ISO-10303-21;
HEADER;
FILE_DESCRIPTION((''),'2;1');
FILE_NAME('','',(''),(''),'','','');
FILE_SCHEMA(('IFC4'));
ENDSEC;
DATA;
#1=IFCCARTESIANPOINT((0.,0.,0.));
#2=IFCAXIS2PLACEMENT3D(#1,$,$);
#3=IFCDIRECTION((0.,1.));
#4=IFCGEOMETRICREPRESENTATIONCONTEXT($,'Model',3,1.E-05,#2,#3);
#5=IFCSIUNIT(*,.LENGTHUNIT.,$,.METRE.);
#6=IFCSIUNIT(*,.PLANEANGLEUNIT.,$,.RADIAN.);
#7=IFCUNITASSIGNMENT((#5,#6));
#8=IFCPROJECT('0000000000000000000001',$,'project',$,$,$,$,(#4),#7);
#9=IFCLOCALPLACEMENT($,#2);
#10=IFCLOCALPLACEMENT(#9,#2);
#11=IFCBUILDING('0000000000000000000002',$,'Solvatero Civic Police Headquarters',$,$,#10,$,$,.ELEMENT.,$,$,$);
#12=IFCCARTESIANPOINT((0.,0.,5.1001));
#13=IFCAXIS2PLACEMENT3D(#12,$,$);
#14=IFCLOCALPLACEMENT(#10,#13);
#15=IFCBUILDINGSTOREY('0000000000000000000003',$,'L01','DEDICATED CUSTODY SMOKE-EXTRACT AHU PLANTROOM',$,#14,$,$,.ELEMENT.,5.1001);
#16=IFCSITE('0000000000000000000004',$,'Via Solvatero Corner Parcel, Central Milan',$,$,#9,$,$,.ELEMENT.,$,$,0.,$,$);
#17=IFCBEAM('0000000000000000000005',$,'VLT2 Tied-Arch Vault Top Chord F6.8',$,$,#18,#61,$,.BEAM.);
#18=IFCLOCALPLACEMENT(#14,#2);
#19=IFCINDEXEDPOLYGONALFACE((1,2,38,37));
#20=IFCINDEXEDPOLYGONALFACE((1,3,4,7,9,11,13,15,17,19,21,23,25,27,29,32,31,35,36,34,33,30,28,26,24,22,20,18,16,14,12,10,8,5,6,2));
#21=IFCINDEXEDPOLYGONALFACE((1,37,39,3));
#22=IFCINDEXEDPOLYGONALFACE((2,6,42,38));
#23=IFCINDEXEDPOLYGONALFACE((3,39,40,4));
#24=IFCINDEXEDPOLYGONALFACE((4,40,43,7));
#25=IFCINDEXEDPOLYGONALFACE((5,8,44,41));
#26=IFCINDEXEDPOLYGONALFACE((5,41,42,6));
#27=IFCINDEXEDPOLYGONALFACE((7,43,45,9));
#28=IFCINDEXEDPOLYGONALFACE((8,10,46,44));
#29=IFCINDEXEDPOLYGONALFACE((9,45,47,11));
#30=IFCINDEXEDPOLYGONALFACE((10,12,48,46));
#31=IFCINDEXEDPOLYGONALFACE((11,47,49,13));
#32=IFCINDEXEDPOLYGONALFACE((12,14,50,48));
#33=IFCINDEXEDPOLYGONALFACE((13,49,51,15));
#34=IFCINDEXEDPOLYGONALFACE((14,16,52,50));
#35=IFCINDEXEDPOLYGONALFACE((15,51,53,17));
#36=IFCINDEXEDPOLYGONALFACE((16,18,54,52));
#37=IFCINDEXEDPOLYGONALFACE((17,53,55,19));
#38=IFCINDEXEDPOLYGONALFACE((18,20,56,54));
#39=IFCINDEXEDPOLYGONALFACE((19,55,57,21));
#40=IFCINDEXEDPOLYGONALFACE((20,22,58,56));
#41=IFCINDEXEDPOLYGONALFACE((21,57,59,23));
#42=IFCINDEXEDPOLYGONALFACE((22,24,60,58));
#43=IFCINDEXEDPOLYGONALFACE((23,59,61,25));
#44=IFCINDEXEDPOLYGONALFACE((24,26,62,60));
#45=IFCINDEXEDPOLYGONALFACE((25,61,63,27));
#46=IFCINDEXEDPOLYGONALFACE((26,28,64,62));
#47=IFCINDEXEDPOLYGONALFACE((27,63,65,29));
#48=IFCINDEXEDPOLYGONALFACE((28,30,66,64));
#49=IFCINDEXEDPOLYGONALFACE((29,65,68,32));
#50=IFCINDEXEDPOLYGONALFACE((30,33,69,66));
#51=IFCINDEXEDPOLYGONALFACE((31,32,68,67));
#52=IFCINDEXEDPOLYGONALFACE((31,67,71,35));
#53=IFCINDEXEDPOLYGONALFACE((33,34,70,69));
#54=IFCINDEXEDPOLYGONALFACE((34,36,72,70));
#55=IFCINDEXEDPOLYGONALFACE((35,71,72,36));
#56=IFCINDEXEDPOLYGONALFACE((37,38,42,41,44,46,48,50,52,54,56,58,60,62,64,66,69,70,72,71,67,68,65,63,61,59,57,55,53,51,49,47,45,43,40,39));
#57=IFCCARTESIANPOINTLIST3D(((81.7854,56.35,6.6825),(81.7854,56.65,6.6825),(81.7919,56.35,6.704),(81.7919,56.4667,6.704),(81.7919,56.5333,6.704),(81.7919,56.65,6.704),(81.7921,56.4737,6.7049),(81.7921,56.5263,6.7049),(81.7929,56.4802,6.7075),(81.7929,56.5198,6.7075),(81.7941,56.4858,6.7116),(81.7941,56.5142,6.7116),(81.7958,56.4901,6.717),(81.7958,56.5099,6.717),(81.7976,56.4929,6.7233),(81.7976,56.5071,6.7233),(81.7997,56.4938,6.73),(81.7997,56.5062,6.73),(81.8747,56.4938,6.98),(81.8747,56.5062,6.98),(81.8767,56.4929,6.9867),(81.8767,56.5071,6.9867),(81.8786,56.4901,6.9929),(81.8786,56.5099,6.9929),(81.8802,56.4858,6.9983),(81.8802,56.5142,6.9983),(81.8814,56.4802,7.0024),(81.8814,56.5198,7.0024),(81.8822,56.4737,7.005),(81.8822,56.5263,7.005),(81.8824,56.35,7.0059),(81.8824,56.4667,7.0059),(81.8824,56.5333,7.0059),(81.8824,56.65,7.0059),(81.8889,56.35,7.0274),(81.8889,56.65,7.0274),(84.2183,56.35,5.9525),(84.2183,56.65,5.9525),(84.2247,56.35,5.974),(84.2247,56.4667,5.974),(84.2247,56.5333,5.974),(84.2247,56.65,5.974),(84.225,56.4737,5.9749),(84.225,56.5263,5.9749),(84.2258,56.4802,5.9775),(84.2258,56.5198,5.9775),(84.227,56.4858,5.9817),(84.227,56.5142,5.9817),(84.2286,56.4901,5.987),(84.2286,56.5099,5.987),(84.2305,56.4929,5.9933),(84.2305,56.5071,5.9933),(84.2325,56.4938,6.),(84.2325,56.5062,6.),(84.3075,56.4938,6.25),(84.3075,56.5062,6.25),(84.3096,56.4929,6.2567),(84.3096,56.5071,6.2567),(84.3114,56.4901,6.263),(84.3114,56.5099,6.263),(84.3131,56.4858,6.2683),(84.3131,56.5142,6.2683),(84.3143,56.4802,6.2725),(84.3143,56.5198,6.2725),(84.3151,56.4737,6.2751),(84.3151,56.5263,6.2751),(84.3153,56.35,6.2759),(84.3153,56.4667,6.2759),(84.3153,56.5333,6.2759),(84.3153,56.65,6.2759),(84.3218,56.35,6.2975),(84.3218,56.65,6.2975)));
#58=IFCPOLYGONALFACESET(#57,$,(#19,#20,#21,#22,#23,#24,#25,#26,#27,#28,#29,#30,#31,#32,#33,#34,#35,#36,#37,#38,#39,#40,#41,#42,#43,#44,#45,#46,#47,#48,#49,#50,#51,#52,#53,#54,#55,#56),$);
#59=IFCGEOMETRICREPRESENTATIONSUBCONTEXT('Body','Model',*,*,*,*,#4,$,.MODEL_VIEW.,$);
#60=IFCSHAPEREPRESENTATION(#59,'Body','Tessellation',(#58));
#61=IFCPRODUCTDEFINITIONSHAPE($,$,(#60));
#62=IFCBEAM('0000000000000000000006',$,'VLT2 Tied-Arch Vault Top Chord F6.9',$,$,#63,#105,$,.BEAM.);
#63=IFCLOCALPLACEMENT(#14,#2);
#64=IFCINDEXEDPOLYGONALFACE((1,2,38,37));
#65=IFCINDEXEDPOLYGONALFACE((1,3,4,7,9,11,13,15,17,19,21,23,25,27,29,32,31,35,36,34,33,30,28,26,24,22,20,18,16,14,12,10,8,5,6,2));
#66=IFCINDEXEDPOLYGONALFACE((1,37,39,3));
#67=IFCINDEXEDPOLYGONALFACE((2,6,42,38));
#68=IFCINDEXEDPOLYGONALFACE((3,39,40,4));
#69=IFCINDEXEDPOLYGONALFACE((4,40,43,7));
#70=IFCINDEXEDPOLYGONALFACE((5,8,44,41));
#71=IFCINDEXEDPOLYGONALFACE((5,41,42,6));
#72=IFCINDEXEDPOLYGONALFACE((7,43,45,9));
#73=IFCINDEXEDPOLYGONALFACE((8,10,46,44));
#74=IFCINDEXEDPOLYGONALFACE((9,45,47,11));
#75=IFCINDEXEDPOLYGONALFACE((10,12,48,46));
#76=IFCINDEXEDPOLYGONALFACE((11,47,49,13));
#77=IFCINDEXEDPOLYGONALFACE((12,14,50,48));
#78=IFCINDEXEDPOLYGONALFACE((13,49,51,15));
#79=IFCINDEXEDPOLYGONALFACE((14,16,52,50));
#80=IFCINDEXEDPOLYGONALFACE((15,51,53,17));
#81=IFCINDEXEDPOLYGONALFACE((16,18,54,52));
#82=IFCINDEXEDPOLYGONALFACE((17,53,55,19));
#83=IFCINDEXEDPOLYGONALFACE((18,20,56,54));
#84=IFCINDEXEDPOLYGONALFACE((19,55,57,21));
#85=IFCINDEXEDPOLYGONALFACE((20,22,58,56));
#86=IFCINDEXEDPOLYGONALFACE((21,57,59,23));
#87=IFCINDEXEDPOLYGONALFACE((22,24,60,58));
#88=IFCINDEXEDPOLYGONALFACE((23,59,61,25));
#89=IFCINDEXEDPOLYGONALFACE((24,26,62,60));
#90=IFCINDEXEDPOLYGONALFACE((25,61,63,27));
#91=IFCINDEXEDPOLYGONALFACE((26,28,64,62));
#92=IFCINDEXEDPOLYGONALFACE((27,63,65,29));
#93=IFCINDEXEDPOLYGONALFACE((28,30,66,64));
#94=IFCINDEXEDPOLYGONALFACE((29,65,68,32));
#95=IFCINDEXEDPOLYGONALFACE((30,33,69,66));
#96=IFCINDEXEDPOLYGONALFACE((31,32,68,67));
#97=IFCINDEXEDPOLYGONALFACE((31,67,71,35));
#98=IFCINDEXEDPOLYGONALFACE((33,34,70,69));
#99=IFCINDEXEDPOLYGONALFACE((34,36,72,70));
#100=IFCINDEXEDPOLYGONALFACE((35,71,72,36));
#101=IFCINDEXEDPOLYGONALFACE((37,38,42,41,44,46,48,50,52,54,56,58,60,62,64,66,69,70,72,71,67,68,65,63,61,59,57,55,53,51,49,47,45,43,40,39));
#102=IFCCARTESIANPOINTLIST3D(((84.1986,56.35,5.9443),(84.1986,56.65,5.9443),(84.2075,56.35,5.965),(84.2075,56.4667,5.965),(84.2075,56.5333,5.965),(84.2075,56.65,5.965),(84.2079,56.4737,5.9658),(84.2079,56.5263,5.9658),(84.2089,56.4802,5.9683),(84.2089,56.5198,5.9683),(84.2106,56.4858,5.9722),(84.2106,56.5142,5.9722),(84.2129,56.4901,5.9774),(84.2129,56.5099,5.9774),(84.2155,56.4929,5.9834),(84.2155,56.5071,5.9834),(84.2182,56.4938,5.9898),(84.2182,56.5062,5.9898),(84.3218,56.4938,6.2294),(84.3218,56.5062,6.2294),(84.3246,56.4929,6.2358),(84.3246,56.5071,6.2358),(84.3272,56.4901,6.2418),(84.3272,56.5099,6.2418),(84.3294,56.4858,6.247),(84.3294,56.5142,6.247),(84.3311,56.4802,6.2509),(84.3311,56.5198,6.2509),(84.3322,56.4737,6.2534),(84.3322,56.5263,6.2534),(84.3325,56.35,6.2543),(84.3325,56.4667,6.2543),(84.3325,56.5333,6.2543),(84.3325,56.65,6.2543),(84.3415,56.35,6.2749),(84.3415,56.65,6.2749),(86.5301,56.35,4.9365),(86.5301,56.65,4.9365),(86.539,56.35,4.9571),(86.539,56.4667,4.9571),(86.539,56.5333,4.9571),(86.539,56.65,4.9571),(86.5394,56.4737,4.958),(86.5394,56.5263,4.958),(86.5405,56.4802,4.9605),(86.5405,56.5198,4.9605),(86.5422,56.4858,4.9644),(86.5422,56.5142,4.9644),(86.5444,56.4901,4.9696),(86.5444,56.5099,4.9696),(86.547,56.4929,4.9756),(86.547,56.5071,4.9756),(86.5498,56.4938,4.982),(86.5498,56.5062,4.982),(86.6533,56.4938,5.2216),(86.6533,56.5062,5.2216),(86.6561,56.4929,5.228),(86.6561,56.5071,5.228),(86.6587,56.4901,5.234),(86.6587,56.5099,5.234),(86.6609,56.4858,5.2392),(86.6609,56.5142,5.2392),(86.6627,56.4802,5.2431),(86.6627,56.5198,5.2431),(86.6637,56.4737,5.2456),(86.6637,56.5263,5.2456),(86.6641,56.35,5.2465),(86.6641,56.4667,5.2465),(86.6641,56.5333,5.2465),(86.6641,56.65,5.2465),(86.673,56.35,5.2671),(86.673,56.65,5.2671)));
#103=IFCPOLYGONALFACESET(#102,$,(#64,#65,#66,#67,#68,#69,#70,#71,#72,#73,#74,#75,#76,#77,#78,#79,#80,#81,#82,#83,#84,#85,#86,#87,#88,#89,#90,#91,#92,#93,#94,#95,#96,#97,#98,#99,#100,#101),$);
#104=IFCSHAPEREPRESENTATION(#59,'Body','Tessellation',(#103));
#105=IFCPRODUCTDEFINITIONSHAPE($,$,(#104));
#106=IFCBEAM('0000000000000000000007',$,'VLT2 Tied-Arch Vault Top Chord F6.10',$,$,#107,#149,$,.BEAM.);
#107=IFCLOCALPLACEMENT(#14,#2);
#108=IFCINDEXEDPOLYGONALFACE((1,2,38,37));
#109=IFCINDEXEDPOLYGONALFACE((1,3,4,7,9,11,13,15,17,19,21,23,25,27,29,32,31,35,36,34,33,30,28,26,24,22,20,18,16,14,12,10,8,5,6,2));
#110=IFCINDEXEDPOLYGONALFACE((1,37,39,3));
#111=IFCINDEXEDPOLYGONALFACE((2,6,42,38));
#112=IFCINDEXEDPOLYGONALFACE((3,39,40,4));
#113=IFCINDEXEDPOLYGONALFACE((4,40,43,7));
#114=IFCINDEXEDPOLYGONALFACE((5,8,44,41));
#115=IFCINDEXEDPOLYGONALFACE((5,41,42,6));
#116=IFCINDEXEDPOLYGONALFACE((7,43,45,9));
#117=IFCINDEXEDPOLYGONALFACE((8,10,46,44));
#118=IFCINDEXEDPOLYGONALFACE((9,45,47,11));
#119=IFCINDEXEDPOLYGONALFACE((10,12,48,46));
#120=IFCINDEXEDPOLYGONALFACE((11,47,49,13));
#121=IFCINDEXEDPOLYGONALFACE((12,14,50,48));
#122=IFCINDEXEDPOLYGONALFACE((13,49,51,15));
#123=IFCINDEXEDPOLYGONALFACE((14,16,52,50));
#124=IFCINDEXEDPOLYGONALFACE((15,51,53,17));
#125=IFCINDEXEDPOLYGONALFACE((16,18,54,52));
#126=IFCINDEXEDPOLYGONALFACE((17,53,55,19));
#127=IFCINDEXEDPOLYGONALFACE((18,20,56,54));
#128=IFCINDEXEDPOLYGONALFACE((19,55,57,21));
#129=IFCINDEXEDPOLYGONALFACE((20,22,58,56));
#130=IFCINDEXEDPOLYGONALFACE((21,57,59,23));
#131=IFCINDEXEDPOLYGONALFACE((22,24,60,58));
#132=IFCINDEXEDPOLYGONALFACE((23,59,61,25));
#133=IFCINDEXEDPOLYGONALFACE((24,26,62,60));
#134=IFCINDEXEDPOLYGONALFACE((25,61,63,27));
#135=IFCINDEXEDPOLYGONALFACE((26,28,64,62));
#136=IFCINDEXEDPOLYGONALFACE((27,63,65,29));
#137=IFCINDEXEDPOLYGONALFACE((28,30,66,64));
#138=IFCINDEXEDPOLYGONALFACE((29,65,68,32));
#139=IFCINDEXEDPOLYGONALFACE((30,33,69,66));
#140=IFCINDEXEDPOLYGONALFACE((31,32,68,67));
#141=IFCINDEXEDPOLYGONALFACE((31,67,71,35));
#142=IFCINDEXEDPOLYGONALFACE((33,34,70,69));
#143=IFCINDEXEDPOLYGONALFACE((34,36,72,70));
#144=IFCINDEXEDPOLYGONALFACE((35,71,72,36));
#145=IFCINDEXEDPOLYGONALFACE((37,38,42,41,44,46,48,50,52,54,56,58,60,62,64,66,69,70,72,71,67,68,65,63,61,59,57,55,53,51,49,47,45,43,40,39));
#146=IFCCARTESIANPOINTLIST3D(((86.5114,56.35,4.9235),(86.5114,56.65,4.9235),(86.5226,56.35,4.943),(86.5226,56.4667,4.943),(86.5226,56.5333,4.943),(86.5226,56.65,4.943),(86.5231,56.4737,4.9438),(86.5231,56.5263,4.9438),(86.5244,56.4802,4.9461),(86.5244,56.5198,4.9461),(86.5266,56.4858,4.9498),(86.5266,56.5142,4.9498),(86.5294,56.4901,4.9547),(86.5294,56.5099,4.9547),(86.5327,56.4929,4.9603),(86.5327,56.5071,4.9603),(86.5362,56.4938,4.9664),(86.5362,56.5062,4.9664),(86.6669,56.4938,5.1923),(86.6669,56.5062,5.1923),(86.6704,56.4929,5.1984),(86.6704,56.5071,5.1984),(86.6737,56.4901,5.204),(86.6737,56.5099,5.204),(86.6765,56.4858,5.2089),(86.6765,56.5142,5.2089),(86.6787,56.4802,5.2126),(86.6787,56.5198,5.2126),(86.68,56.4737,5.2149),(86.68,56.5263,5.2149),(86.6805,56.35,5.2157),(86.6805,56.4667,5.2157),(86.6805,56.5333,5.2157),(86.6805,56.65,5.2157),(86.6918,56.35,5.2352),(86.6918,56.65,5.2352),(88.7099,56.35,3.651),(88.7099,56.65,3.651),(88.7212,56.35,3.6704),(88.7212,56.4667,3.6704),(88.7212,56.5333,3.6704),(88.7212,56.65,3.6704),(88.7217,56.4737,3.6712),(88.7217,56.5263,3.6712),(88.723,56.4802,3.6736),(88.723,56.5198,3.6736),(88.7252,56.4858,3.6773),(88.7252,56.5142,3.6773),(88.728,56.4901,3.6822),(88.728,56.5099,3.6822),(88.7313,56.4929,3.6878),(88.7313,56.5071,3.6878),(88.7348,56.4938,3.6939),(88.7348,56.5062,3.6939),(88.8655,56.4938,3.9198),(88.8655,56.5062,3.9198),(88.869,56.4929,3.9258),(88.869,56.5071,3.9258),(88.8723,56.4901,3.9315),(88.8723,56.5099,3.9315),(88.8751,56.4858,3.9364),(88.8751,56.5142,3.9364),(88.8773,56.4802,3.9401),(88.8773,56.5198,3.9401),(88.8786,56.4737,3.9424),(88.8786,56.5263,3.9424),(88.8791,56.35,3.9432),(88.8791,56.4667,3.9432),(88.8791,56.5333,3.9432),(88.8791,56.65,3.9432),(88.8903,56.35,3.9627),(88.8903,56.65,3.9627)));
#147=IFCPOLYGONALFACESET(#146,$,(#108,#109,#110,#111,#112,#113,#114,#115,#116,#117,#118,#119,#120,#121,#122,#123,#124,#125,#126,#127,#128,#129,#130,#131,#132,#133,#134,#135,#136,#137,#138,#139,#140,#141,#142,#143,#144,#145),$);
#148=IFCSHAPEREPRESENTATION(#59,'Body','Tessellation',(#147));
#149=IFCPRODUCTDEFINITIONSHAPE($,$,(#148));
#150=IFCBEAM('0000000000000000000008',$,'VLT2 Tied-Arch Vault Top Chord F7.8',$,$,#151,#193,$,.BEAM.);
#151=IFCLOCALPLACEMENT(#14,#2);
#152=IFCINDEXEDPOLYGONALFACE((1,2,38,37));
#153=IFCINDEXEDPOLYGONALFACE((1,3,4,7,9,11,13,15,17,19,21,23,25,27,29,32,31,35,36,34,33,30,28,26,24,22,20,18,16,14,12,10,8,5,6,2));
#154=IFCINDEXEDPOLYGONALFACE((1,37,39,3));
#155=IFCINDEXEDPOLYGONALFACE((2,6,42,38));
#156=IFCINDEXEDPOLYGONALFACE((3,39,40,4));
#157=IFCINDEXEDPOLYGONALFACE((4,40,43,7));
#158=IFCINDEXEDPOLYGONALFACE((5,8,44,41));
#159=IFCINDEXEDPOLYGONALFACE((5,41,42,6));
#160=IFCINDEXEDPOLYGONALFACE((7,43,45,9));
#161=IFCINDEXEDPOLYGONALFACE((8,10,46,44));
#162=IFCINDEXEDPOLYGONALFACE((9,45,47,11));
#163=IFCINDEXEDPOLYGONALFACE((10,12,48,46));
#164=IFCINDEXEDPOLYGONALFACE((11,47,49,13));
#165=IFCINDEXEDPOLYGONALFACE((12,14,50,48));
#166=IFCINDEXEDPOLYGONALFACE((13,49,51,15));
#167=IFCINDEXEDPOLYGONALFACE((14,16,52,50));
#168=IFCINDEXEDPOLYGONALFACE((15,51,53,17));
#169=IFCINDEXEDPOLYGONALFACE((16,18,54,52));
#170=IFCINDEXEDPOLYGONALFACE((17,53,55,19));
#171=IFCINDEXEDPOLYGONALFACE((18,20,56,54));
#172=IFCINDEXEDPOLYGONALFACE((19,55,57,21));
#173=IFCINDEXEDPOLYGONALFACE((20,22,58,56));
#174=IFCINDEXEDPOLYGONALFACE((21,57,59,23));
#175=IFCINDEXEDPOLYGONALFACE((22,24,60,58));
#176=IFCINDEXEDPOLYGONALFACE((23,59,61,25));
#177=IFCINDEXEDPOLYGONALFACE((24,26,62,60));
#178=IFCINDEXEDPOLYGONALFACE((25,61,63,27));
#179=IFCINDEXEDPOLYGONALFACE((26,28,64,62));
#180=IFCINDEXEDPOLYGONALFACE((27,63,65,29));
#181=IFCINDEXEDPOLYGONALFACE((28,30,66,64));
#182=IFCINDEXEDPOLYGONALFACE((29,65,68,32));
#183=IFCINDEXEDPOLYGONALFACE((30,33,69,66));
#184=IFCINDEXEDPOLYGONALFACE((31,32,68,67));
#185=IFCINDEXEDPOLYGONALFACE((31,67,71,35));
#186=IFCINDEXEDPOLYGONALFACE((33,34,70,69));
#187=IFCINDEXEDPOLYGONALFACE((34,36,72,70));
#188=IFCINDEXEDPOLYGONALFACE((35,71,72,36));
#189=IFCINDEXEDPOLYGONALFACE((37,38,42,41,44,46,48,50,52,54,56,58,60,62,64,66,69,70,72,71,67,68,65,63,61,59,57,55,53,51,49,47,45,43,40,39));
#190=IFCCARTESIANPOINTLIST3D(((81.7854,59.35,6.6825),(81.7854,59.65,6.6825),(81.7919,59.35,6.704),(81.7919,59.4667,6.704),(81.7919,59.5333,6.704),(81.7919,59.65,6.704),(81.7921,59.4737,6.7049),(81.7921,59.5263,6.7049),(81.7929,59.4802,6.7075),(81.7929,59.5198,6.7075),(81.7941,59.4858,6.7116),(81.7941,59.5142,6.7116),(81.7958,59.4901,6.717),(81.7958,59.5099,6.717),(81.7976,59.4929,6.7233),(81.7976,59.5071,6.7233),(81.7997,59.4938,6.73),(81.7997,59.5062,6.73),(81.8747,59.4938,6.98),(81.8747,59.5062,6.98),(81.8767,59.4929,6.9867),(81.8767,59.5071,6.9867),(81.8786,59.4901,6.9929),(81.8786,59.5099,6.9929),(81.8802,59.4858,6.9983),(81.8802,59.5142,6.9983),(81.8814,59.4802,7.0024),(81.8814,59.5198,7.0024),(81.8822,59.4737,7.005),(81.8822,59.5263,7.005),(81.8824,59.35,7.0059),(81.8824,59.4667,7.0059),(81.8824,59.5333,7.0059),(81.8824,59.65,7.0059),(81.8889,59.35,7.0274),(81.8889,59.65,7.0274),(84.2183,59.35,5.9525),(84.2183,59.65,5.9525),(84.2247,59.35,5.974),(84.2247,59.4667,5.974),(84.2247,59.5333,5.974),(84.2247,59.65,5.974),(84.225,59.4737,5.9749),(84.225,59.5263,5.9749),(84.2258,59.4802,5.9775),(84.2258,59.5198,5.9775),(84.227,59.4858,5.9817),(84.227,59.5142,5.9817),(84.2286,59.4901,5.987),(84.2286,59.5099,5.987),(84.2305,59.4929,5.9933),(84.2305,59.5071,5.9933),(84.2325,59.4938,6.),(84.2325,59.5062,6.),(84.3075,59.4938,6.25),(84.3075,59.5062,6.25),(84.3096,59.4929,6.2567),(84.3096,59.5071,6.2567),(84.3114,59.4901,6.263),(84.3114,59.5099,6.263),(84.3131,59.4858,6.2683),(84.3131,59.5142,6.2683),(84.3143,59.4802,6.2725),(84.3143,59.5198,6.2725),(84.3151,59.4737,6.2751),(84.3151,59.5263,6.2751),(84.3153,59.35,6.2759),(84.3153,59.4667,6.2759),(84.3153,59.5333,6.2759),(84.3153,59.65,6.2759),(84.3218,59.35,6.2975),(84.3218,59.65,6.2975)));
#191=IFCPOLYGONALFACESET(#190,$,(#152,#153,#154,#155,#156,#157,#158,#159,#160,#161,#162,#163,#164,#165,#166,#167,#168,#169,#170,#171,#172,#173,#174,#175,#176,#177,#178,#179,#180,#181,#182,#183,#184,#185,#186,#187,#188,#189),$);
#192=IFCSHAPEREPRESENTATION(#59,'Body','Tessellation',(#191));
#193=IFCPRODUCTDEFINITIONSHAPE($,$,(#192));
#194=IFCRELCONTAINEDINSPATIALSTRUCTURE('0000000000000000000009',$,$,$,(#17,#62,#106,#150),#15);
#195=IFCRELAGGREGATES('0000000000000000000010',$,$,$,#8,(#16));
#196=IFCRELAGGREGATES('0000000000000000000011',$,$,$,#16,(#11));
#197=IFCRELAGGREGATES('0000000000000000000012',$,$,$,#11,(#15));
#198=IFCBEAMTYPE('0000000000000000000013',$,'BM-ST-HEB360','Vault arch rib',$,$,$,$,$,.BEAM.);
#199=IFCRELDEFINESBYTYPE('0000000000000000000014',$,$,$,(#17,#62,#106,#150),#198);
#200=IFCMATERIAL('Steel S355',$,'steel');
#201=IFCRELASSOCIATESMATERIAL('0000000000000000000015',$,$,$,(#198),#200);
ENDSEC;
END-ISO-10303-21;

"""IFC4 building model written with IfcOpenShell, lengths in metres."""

from ifc_helpers import new_model, si_unit, direction, frame, origin, origin_2d, place, context, subcontext, project, spatial, i_section, extrude, material, material_profile, profile_set, type_object, element, save


model = new_model("IFC4")

# Units and contexts
model_context = context("Model", 3, precision=1e-05, world=origin(), true_north=direction((0.0, 1.0)))
body_context = subcontext(model_context, "Body", "Model", "MODEL_VIEW")
ifc_project = project(units=[si_unit("LENGTHUNIT", "METRE"), si_unit("PLANEANGLEUNIT", "RADIAN")], contexts=[model_context])

# Site, building, storey
site_placement = place(None, origin())
site = spatial("IfcSite", under=ifc_project, at=site_placement, Name="Via Solvatero Corner Parcel, Central Milan", CompositionType="ELEMENT", RefElevation=0.0)
building_placement = place(site_placement, origin())
building = spatial("IfcBuilding", under=site, at=building_placement, Name="Solvatero Civic Police Headquarters", CompositionType="ELEMENT")
storey_placement = place(building_placement, frame((0.0, 0.0, 5.1001)))
storey = spatial("IfcBuildingStorey", under=building, at=storey_placement, Name="L01", Description="DEDICATED CUSTODY SMOKE-EXTRACT AHU PLANTROOM", CompositionType="ELEMENT", Elevation=5.1001)

# Beams
ifc_material_1 = material(Name="Steel S355", Category="steel")
ifc_material_profile_1 = material_profile(ifc_material_1, i_section(OverallWidth=0.3, OverallDepth=0.3601, WebThickness=0.0125, FlangeThickness=0.0225, FilletRadius=0.0271, at=origin_2d()), Name="HEB 360")
ifc_profile_set_1 = profile_set([ifc_material_profile_1], Name="Steel S355")
beam_type_1 = type_object("IfcBeamType", Name="BM-ST-HEB360", Description="Vault arch rib", PredefinedType="BEAM", material=ifc_profile_set_1)
for number, where, z_axis, x_axis, name in (
    (1, (81.8372, 56.5, 6.855), (0.957813, 0.0, -0.287392), (0.0, 1.0, 0.0), "VLT2 Tied-Arch Vault Top Chord F6.8"),
    (2, (84.27, 56.5, 6.1096), (0.917918, 0.0, -0.396771), (0.0, 1.0, 0.0), "VLT2 Tied-Arch Vault Top Chord F6.9"),
):
    element("IfcBeam", number, at=place(storey_placement, frame(where, z_axis=z_axis, x_axis=x_axis)), inside=storey, type_object=beam_type_1, Name=name, PredefinedType="BEAM", context=body_context, shape_type="SweptSolid", body=[
        extrude(i_section(OverallWidth=0.3, OverallDepth=0.3601, WebThickness=0.0125, FlangeThickness=0.0225, FilletRadius=0.0271, at=origin_2d()), origin(), (0.0, 0.0, 1.0), 2.54),
    ])
beam_placement = place(storey_placement, frame((86.6016, 56.5, 5.0793), z_axis=(0.865486, 0.0, -0.500934), x_axis=(0.0, 1.0, 0.0)))
element("IfcBeam", 3, at=beam_placement, inside=storey, type_object=beam_type_1, Name="VLT2 Tied-Arch Vault Top Chord F6.10", PredefinedType="BEAM", context=body_context, shape_type="SweptSolid", body=[
    extrude(i_section(OverallWidth=0.3, OverallDepth=0.3601, WebThickness=0.0125, FlangeThickness=0.0225, FilletRadius=0.0271, at=origin_2d()), origin(), (0.0, 0.0, 1.0), 2.5403),
])
for number, where, z_axis, x_axis, name in (
    (4, (81.8372, 59.5, 6.855), (0.957813, 0.0, -0.287392), (0.0, 1.0, 0.0), "VLT2 Tied-Arch Vault Top Chord F7.8"),
):
    element("IfcBeam", number, at=place(storey_placement, frame(where, z_axis=z_axis, x_axis=x_axis)), inside=storey, type_object=beam_type_1, Name=name, PredefinedType="BEAM", context=body_context, shape_type="SweptSolid", body=[
        extrude(i_section(OverallWidth=0.3, OverallDepth=0.3601, WebThickness=0.0125, FlangeThickness=0.0225, FilletRadius=0.0271, at=origin_2d()), origin(), (0.0, 0.0, 1.0), 2.54),
    ])

save(model, "model.ifc")
